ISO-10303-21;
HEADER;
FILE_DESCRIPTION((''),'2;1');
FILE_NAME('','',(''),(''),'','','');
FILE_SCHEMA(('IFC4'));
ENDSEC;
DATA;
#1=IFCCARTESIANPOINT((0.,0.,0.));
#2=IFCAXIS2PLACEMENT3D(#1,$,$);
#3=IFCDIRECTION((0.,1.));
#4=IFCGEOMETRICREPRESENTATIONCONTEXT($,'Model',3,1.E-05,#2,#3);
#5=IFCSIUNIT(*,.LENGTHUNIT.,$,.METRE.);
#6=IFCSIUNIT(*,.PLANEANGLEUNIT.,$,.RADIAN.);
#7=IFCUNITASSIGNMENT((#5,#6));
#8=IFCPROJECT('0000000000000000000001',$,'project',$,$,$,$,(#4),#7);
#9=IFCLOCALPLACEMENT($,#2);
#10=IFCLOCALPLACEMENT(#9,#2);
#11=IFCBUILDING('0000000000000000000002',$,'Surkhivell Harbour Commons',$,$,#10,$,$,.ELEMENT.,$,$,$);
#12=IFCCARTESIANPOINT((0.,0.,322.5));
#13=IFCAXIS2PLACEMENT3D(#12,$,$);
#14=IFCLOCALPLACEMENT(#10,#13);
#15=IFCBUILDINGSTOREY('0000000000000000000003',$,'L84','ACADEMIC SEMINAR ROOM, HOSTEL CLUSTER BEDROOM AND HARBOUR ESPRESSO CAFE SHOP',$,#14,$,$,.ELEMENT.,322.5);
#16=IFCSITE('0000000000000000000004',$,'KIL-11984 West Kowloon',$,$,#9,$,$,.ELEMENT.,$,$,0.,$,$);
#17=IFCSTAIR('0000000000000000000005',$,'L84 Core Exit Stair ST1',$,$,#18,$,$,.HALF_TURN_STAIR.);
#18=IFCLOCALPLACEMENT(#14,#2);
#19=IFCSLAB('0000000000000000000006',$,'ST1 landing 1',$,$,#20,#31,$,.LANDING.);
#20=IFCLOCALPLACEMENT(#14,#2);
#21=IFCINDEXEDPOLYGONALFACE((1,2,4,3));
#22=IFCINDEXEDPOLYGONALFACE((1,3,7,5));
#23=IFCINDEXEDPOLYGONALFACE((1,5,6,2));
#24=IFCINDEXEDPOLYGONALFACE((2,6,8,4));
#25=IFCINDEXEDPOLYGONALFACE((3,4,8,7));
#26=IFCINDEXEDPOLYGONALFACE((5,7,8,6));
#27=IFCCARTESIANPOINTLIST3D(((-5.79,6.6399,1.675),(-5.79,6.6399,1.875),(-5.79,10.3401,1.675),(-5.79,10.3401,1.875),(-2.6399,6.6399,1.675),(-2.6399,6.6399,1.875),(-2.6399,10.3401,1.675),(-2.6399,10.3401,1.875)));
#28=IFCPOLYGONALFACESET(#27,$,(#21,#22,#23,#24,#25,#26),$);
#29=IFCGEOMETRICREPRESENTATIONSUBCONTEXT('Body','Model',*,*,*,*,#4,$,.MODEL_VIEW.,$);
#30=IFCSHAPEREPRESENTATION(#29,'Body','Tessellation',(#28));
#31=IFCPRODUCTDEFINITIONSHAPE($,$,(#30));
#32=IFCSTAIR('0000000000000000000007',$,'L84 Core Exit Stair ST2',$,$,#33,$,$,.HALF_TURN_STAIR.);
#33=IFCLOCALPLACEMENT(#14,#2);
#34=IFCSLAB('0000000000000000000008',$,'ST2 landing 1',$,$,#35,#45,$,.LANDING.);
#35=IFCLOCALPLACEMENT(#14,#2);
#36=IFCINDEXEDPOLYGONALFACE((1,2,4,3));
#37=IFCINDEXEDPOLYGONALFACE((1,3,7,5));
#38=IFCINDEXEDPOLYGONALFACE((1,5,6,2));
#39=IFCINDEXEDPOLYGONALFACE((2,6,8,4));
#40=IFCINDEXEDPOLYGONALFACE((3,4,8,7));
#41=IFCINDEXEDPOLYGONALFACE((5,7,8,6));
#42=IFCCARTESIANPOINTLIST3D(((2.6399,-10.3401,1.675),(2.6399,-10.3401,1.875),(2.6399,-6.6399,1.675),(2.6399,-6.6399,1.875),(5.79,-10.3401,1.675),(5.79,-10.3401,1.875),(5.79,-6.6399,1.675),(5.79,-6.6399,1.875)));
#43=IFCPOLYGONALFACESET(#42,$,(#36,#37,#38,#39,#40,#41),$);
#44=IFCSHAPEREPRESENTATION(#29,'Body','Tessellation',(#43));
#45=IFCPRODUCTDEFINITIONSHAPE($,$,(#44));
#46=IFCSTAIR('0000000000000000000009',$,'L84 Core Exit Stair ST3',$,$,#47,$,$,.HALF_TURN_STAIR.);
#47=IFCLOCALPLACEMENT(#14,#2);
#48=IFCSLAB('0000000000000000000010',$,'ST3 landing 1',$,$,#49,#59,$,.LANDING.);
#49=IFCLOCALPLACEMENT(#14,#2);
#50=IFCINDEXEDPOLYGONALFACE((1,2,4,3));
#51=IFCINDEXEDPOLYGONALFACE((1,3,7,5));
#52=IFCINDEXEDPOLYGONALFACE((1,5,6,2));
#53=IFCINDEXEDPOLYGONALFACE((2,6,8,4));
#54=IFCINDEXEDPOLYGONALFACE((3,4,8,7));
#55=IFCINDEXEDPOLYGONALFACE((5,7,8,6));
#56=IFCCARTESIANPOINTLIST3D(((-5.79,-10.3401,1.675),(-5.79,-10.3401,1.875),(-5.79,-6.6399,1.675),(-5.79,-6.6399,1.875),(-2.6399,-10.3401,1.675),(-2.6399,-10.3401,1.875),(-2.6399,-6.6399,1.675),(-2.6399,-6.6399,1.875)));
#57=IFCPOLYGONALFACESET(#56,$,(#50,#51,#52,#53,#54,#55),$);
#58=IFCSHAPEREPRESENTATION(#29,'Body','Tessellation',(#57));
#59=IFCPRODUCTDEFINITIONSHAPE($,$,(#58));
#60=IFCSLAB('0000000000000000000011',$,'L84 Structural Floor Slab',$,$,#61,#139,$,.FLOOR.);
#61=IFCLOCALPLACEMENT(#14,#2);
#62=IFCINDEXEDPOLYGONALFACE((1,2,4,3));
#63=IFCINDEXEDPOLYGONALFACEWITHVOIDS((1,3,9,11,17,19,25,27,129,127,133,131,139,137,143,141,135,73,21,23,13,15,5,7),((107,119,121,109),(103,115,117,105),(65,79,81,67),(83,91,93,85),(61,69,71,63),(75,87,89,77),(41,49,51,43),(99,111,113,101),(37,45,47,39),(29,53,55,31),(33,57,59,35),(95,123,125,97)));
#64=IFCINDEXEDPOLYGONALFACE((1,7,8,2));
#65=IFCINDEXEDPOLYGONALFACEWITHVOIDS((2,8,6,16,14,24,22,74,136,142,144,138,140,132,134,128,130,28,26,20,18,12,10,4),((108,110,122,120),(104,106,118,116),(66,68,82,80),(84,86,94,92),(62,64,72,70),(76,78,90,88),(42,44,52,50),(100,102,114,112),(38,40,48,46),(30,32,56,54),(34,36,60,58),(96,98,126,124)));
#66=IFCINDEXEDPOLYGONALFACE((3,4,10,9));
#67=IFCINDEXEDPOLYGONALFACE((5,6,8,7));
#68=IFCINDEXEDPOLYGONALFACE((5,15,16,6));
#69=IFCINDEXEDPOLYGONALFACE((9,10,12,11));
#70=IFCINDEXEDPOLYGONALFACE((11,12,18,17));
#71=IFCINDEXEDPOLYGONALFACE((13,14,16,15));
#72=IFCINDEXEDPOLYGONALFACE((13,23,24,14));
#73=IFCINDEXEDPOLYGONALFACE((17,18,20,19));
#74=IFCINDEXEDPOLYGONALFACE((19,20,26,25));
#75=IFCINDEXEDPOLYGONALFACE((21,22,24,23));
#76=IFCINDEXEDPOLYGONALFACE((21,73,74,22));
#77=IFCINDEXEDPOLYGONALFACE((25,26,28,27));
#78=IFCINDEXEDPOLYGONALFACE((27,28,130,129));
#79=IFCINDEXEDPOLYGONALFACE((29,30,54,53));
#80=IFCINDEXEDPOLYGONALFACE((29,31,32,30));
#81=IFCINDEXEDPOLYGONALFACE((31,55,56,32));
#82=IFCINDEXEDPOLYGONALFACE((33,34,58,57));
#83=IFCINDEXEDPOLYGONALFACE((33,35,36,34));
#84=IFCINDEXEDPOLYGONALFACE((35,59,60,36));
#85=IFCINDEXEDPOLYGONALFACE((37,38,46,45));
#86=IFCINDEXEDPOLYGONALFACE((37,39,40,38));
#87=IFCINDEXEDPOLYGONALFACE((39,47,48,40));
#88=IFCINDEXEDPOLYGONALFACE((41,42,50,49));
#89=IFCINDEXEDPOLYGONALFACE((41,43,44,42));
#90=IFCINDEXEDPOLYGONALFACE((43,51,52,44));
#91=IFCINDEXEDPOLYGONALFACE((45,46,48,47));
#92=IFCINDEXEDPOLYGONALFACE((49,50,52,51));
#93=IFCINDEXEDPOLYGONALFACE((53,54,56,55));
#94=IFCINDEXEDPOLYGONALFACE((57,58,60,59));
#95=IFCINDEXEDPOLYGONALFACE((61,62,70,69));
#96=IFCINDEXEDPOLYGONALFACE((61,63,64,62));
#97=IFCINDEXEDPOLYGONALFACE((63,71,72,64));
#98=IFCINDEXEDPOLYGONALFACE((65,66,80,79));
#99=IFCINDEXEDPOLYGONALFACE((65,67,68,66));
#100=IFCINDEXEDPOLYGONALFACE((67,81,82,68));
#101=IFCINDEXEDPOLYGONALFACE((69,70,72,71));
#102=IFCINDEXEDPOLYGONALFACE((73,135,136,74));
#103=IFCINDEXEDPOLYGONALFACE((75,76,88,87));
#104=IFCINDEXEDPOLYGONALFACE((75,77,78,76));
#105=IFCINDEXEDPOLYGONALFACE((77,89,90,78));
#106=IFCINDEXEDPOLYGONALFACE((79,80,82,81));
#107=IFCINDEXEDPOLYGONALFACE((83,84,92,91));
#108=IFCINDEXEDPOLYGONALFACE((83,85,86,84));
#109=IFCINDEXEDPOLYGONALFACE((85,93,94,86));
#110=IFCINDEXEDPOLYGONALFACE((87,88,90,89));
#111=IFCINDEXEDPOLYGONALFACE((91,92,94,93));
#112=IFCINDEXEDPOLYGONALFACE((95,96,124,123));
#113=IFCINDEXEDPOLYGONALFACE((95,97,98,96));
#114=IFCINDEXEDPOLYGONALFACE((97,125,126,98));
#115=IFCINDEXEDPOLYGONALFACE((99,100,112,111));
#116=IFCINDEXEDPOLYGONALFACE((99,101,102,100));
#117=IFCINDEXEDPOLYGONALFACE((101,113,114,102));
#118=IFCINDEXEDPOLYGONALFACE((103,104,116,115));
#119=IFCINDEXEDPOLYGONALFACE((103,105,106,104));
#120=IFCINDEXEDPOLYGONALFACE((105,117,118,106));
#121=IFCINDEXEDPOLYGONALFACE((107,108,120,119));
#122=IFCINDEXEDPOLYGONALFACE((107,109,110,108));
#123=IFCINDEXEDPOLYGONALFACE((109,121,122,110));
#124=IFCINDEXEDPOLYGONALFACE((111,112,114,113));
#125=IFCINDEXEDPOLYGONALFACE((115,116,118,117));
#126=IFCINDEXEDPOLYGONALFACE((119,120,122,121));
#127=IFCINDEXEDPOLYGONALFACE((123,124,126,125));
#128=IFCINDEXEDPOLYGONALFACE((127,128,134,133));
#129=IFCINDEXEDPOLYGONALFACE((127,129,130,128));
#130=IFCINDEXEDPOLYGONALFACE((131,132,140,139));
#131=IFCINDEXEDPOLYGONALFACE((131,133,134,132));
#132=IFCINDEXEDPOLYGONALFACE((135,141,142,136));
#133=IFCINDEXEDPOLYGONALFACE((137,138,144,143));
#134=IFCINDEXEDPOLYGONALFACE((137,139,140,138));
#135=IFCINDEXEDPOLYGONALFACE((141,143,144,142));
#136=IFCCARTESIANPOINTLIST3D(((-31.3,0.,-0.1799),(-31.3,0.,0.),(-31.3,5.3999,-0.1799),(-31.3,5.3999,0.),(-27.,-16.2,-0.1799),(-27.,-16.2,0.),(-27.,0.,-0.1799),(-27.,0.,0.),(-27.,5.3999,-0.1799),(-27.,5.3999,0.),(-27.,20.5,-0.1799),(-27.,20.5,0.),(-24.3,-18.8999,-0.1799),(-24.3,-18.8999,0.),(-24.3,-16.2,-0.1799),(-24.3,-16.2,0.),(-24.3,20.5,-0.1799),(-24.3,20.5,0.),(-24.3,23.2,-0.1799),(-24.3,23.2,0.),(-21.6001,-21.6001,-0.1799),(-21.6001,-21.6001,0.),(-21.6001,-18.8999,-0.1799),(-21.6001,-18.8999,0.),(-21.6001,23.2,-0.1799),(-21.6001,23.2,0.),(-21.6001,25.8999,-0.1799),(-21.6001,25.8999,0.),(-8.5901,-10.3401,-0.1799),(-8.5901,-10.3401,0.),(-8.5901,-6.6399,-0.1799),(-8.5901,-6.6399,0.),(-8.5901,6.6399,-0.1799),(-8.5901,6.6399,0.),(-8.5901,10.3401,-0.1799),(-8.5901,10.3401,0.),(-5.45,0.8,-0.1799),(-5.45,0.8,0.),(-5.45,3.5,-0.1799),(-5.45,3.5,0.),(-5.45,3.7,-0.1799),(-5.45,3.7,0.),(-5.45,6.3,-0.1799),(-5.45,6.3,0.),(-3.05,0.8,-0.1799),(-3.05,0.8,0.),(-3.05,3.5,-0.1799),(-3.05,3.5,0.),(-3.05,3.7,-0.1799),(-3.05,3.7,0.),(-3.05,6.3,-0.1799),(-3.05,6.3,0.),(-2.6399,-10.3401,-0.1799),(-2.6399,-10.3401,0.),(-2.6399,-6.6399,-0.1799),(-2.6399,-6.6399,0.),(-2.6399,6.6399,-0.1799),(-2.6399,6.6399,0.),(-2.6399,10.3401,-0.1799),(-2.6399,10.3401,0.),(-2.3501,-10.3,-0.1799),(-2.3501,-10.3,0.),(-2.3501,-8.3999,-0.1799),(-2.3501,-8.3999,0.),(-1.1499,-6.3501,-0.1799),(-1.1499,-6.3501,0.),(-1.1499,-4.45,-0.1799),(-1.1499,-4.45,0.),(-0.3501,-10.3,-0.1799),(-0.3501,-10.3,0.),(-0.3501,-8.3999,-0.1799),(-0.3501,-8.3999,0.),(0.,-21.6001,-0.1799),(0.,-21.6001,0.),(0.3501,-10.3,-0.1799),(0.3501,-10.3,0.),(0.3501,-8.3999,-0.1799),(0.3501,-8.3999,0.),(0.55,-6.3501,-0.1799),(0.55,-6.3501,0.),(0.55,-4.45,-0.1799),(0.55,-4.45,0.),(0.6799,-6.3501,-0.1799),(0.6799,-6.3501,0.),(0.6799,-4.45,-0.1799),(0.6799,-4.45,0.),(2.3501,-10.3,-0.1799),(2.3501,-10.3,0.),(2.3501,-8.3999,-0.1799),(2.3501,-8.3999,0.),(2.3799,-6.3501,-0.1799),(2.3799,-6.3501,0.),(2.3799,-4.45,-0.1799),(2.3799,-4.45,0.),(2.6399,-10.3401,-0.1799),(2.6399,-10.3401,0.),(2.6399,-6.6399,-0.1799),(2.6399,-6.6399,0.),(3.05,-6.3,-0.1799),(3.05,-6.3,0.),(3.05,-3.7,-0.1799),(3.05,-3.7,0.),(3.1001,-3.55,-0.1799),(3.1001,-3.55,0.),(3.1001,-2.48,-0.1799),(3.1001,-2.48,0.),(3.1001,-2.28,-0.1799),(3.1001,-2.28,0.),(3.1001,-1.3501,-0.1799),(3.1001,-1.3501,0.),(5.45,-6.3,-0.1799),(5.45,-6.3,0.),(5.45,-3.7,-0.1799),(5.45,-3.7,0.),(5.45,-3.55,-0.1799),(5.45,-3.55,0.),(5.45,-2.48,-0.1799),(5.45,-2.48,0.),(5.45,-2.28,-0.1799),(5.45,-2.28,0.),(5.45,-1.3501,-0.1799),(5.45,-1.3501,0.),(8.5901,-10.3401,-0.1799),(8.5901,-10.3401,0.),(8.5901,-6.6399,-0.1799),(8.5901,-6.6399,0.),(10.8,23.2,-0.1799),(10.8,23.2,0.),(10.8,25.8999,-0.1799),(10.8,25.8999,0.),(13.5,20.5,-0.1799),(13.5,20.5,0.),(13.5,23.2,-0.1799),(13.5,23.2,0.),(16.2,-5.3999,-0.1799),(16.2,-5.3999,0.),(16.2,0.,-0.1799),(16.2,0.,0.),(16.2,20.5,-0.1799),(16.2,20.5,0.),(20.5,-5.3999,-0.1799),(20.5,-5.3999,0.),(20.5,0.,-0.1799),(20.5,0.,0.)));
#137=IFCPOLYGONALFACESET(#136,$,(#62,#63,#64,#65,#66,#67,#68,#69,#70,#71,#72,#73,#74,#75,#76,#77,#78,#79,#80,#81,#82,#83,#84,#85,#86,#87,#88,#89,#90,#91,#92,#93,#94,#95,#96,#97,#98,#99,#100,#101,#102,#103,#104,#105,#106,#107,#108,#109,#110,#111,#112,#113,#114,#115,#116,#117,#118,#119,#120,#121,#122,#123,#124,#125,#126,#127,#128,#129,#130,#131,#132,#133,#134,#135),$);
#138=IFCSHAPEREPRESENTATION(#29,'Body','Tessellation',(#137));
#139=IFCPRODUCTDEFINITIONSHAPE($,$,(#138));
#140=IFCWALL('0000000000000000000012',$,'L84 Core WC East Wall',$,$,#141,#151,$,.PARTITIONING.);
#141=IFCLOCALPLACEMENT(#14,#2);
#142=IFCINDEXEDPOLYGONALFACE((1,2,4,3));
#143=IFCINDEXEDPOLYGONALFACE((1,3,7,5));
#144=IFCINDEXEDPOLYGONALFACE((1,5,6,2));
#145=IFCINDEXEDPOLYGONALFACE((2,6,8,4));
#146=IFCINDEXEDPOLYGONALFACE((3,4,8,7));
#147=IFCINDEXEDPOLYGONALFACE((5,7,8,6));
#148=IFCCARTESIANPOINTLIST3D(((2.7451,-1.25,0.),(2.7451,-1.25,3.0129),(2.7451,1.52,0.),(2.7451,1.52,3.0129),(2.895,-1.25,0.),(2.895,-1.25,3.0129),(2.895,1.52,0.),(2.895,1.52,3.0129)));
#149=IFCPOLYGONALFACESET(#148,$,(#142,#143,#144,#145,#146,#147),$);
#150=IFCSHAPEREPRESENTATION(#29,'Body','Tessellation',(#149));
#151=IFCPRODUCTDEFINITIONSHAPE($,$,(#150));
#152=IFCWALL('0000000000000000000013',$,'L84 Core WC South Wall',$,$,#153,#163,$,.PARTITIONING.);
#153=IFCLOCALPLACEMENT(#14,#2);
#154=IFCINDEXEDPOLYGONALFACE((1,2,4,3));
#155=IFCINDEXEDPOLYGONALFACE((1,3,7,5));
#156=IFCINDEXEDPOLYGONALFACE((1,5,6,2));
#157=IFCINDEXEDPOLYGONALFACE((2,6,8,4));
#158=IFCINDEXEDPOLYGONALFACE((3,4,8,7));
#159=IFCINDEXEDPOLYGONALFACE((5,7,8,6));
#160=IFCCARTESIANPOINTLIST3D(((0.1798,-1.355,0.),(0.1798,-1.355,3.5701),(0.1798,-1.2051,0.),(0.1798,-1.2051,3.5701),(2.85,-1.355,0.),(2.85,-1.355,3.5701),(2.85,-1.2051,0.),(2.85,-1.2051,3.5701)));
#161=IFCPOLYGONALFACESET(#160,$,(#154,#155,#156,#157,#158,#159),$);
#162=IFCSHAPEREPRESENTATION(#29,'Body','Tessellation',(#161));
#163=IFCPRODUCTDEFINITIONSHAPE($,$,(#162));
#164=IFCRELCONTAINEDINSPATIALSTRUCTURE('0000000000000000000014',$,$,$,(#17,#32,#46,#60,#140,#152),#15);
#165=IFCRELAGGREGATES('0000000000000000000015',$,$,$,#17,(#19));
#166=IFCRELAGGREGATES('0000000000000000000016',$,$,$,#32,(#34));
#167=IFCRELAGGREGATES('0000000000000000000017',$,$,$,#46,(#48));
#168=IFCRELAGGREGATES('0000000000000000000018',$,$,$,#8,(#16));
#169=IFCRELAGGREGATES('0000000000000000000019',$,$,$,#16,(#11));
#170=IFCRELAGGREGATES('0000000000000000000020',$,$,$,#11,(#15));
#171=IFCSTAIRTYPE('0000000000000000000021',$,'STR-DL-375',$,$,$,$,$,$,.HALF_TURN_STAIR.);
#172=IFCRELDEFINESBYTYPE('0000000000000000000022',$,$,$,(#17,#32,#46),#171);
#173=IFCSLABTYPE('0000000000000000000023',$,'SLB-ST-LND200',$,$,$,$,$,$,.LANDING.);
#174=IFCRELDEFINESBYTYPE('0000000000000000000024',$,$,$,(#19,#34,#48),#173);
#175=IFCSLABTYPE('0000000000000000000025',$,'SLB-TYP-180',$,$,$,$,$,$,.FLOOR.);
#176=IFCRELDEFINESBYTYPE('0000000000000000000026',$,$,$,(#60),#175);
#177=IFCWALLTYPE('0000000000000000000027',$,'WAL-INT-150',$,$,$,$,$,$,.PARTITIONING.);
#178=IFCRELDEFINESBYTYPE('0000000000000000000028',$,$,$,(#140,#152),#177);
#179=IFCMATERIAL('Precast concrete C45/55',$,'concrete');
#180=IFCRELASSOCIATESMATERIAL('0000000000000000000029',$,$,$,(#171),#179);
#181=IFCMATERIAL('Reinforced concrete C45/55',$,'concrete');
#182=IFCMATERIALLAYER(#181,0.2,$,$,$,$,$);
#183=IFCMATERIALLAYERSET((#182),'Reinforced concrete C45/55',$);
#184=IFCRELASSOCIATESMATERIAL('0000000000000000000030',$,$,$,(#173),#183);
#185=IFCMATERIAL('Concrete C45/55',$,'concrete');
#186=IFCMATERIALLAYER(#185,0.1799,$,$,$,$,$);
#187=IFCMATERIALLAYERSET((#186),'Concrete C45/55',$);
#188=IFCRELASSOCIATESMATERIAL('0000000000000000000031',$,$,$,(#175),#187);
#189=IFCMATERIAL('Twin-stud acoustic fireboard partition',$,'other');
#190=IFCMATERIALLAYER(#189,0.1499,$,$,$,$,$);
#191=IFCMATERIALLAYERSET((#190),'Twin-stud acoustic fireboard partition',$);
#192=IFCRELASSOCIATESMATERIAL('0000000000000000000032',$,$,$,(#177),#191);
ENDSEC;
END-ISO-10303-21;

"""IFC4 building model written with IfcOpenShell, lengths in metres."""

from ifc_helpers import new_model, si_unit, direction, frame, frame_2d, origin, place, context, subcontext, project, spatial, polyline, rectangle, outline, extrude, material, layer, layer_set, type_object, element, aggregate, save


model = new_model("IFC4")

# Units and contexts
model_context = context("Model", 3, precision=1e-05, world=origin(), true_north=direction((0.0, 1.0)))
body_context = subcontext(model_context, "Body", "Model", "MODEL_VIEW")
ifc_project = project(units=[si_unit("LENGTHUNIT", "METRE"), si_unit("PLANEANGLEUNIT", "RADIAN")], contexts=[model_context])

# Site, building, storey
site_placement = place(None, origin())
site = spatial("IfcSite", under=ifc_project, at=site_placement, Name="KIL-11984 West Kowloon", CompositionType="ELEMENT", RefElevation=0.0)
building_placement = place(site_placement, origin())
building = spatial("IfcBuilding", under=site, at=building_placement, Name="Surkhivell Harbour Commons", CompositionType="ELEMENT")
storey_placement = place(building_placement, frame((0.0, 0.0, 322.5)))
storey = spatial("IfcBuildingStorey", under=building, at=storey_placement, Name="L84", Description="ACADEMIC SEMINAR ROOM, HOSTEL CLUSTER BEDROOM AND HARBOUR ESPRESSO CAFE SHOP", CompositionType="ELEMENT", Elevation=322.5)

# Stairs, slabs
ifc_material_1 = material(Name="Precast concrete C45/55", Category="concrete")
stair_type = type_object("IfcStairType", Name="STR-DL-375", PredefinedType="HALF_TURN_STAIR", material=ifc_material_1)
stair_1_placement = place(storey_placement, origin())
stair_1 = element("IfcStair", 1, at=stair_1_placement, inside=storey, type_object=stair_type, Name="L84 Core Exit Stair ST1", PredefinedType="HALF_TURN_STAIR")
ifc_material_2 = material(Name="Reinforced concrete C45/55", Category="concrete")
ifc_layer_1 = layer(ifc_material_2, 0.2)
ifc_layer_set_1 = layer_set([ifc_layer_1], Name="Reinforced concrete C45/55")
slab_type_1 = type_object("IfcSlabType", Name="SLB-ST-LND200", PredefinedType="LANDING", material=ifc_layer_set_1)
slab_1_placement = place(storey_placement, frame((0.0, 0.0, 1.675)))
slab_1 = element("IfcSlab", 2, at=slab_1_placement, type_object=slab_type_1, Name="ST1 landing 1", PredefinedType="LANDING", context=body_context, shape_type="SweptSolid", body=[
    extrude(outline(polyline([(-5.79, 6.6399), (-2.6399, 6.6399), (-2.6399, 10.3401), (-5.79, 10.3401), (-5.79, 6.6399)])), origin(), (0.0, 0.0, 1.0), 0.2),
])
aggregate(stair_1, [slab_1])
stair_2_placement = place(storey_placement, origin())
stair_2 = element("IfcStair", 3, at=stair_2_placement, inside=storey, type_object=stair_type, Name="L84 Core Exit Stair ST2", PredefinedType="HALF_TURN_STAIR")
slab_2_placement = place(storey_placement, frame((0.0, 0.0, 1.675)))
slab_2 = element("IfcSlab", 4, at=slab_2_placement, type_object=slab_type_1, Name="ST2 landing 1", PredefinedType="LANDING", context=body_context, shape_type="SweptSolid", body=[
    extrude(outline(polyline([(5.79, -6.6399), (2.6399, -6.6399), (2.6399, -10.3401), (5.79, -10.3401), (5.79, -6.6399)])), origin(), (0.0, 0.0, 1.0), 0.2),
])
aggregate(stair_2, [slab_2])
stair_3_placement = place(storey_placement, origin())
stair_3 = element("IfcStair", 5, at=stair_3_placement, inside=storey, type_object=stair_type, Name="L84 Core Exit Stair ST3", PredefinedType="HALF_TURN_STAIR")
slab_3_placement = place(storey_placement, frame((0.0, 0.0, 1.675)))
slab_3 = element("IfcSlab", 6, at=slab_3_placement, type_object=slab_type_1, Name="ST3 landing 1", PredefinedType="LANDING", context=body_context, shape_type="SweptSolid", body=[
    extrude(outline(polyline([(-5.79, -10.3401), (-2.6399, -10.3401), (-2.6399, -6.6399), (-5.79, -6.6399), (-5.79, -10.3401)])), origin(), (0.0, 0.0, 1.0), 0.2),
])
aggregate(stair_3, [slab_3])

# Slab
ifc_material_3 = material(Name="Concrete C45/55", Category="concrete")
ifc_layer_2 = layer(ifc_material_3, 0.1799)
ifc_layer_set_2 = layer_set([ifc_layer_2], Name="Concrete C45/55")
slab_type_2 = type_object("IfcSlabType", Name="SLB-TYP-180", PredefinedType="FLOOR", material=ifc_layer_set_2)
slab_4_placement = place(storey_placement, frame((0.0, 0.0, -0.1799)))
element("IfcSlab", 7, at=slab_4_placement, inside=storey, type_object=slab_type_2, Name="L84 Structural Floor Slab", PredefinedType="FLOOR", context=body_context, shape_type="SweptSolid", body=[
    extrude(outline(polyline([(-27.0, 20.5), (-27.0, 5.3999), (-31.3, 5.3999), (-31.3, 0.0), (-27.0, 0.0), (-27.0, -16.2), (-24.3, -16.2), (-24.3, -18.8999), (-21.6001, -18.8999), (-21.6001, -21.6001), (0.0, -21.6001), (16.2, -5.3999), (20.5, -5.3999), (20.5, 0.0), (16.2, 0.0), (16.2, 20.5), (13.5, 20.5), (13.5, 23.2), (10.8, 23.2), (10.8, 25.8999), (-21.6001, 25.8999), (-21.6001, 23.2), (-24.3, 23.2), (-24.3, 20.5), (-27.0, 20.5)]), holes=[polyline([(-8.5901, 6.6399), (-2.6399, 6.6399), (-2.6399, 10.3401), (-8.5901, 10.3401), (-8.5901, 6.6399)]), polyline([(8.5901, -6.6399), (2.6399, -6.6399), (2.6399, -10.3401), (8.5901, -10.3401), (8.5901, -6.6399)]), polyline([(-8.5901, -10.3401), (-2.6399, -10.3401), (-2.6399, -6.6399), (-8.5901, -6.6399), (-8.5901, -10.3401)]), polyline([(-1.1499, -6.3501), (0.55, -6.3501), (0.55, -4.45), (-1.1499, -4.45), (-1.1499, -6.3501)]), polyline([(0.6799, -6.3501), (2.3799, -6.3501), (2.3799, -4.45), (0.6799, -4.45), (0.6799, -6.3501)]), polyline([(-2.3501, -10.3), (-0.3501, -10.3), (-0.3501, -8.3999), (-2.3501, -8.3999), (-2.3501, -10.3)]), polyline([(0.3501, -10.3), (2.3501, -10.3), (2.3501, -8.3999), (0.3501, -8.3999), (0.3501, -10.3)]), polyline([(-5.45, 3.7), (-3.05, 3.7), (-3.05, 6.3), (-5.45, 6.3), (-5.45, 3.7)]), polyline([(3.05, -6.3), (5.45, -6.3), (5.45, -3.7), (3.05, -3.7), (3.05, -6.3)]), polyline([(-5.45, 0.8), (-3.05, 0.8), (-3.05, 3.5), (-5.45, 3.5), (-5.45, 0.8)]), polyline([(3.1001, -3.55), (5.45, -3.55), (5.45, -2.48), (3.1001, -2.48), (3.1001, -3.55)]), polyline([(3.1001, -2.28), (5.45, -2.28), (5.45, -1.3501), (3.1001, -1.3501), (3.1001, -2.28)])]), origin(), (0.0, 0.0, 1.0), 0.1799),
])

# Walls
ifc_material_4 = material(Name="Twin-stud acoustic fireboard partition", Category="other")
ifc_layer_3 = layer(ifc_material_4, 0.1499)
ifc_layer_set_3 = layer_set([ifc_layer_3], Name="Twin-stud acoustic fireboard partition")
wall_type_1 = type_object("IfcWallType", Name="WAL-INT-150", PredefinedType="PARTITIONING", material=ifc_layer_set_3)
wall_1_placement = place(storey_placement, frame((2.8201, -1.25, 0.0), z_axis=(0.0, 0.0, 1.0), x_axis=(0.0, 1.0, 0.0)))
element("IfcWall", 8, at=wall_1_placement, inside=storey, type_object=wall_type_1, Name="L84 Core WC East Wall", PredefinedType="PARTITIONING", context=body_context, shape_type="SweptSolid", body=[
    extrude(rectangle(XDim=2.77, YDim=0.1499, at=frame_2d((1.385, 0.0))), origin(), (0.0, 0.0, 1.0), 3.0129),
])
wall_2_placement = place(storey_placement, frame((0.1799, -1.28, 0.0), z_axis=(0.0, 0.0, 1.0), x_axis=(1.0, 0.0, 0.0)))
element("IfcWall", 9, at=wall_2_placement, inside=storey, type_object=wall_type_1, Name="L84 Core WC South Wall", PredefinedType="PARTITIONING", context=body_context, shape_type="SweptSolid", body=[
    extrude(rectangle(XDim=2.6702, YDim=0.1499, at=frame_2d((1.335, 0.0))), origin(), (0.0, 0.0, 1.0), 3.5701),
])

save(model, "model.ifc")
